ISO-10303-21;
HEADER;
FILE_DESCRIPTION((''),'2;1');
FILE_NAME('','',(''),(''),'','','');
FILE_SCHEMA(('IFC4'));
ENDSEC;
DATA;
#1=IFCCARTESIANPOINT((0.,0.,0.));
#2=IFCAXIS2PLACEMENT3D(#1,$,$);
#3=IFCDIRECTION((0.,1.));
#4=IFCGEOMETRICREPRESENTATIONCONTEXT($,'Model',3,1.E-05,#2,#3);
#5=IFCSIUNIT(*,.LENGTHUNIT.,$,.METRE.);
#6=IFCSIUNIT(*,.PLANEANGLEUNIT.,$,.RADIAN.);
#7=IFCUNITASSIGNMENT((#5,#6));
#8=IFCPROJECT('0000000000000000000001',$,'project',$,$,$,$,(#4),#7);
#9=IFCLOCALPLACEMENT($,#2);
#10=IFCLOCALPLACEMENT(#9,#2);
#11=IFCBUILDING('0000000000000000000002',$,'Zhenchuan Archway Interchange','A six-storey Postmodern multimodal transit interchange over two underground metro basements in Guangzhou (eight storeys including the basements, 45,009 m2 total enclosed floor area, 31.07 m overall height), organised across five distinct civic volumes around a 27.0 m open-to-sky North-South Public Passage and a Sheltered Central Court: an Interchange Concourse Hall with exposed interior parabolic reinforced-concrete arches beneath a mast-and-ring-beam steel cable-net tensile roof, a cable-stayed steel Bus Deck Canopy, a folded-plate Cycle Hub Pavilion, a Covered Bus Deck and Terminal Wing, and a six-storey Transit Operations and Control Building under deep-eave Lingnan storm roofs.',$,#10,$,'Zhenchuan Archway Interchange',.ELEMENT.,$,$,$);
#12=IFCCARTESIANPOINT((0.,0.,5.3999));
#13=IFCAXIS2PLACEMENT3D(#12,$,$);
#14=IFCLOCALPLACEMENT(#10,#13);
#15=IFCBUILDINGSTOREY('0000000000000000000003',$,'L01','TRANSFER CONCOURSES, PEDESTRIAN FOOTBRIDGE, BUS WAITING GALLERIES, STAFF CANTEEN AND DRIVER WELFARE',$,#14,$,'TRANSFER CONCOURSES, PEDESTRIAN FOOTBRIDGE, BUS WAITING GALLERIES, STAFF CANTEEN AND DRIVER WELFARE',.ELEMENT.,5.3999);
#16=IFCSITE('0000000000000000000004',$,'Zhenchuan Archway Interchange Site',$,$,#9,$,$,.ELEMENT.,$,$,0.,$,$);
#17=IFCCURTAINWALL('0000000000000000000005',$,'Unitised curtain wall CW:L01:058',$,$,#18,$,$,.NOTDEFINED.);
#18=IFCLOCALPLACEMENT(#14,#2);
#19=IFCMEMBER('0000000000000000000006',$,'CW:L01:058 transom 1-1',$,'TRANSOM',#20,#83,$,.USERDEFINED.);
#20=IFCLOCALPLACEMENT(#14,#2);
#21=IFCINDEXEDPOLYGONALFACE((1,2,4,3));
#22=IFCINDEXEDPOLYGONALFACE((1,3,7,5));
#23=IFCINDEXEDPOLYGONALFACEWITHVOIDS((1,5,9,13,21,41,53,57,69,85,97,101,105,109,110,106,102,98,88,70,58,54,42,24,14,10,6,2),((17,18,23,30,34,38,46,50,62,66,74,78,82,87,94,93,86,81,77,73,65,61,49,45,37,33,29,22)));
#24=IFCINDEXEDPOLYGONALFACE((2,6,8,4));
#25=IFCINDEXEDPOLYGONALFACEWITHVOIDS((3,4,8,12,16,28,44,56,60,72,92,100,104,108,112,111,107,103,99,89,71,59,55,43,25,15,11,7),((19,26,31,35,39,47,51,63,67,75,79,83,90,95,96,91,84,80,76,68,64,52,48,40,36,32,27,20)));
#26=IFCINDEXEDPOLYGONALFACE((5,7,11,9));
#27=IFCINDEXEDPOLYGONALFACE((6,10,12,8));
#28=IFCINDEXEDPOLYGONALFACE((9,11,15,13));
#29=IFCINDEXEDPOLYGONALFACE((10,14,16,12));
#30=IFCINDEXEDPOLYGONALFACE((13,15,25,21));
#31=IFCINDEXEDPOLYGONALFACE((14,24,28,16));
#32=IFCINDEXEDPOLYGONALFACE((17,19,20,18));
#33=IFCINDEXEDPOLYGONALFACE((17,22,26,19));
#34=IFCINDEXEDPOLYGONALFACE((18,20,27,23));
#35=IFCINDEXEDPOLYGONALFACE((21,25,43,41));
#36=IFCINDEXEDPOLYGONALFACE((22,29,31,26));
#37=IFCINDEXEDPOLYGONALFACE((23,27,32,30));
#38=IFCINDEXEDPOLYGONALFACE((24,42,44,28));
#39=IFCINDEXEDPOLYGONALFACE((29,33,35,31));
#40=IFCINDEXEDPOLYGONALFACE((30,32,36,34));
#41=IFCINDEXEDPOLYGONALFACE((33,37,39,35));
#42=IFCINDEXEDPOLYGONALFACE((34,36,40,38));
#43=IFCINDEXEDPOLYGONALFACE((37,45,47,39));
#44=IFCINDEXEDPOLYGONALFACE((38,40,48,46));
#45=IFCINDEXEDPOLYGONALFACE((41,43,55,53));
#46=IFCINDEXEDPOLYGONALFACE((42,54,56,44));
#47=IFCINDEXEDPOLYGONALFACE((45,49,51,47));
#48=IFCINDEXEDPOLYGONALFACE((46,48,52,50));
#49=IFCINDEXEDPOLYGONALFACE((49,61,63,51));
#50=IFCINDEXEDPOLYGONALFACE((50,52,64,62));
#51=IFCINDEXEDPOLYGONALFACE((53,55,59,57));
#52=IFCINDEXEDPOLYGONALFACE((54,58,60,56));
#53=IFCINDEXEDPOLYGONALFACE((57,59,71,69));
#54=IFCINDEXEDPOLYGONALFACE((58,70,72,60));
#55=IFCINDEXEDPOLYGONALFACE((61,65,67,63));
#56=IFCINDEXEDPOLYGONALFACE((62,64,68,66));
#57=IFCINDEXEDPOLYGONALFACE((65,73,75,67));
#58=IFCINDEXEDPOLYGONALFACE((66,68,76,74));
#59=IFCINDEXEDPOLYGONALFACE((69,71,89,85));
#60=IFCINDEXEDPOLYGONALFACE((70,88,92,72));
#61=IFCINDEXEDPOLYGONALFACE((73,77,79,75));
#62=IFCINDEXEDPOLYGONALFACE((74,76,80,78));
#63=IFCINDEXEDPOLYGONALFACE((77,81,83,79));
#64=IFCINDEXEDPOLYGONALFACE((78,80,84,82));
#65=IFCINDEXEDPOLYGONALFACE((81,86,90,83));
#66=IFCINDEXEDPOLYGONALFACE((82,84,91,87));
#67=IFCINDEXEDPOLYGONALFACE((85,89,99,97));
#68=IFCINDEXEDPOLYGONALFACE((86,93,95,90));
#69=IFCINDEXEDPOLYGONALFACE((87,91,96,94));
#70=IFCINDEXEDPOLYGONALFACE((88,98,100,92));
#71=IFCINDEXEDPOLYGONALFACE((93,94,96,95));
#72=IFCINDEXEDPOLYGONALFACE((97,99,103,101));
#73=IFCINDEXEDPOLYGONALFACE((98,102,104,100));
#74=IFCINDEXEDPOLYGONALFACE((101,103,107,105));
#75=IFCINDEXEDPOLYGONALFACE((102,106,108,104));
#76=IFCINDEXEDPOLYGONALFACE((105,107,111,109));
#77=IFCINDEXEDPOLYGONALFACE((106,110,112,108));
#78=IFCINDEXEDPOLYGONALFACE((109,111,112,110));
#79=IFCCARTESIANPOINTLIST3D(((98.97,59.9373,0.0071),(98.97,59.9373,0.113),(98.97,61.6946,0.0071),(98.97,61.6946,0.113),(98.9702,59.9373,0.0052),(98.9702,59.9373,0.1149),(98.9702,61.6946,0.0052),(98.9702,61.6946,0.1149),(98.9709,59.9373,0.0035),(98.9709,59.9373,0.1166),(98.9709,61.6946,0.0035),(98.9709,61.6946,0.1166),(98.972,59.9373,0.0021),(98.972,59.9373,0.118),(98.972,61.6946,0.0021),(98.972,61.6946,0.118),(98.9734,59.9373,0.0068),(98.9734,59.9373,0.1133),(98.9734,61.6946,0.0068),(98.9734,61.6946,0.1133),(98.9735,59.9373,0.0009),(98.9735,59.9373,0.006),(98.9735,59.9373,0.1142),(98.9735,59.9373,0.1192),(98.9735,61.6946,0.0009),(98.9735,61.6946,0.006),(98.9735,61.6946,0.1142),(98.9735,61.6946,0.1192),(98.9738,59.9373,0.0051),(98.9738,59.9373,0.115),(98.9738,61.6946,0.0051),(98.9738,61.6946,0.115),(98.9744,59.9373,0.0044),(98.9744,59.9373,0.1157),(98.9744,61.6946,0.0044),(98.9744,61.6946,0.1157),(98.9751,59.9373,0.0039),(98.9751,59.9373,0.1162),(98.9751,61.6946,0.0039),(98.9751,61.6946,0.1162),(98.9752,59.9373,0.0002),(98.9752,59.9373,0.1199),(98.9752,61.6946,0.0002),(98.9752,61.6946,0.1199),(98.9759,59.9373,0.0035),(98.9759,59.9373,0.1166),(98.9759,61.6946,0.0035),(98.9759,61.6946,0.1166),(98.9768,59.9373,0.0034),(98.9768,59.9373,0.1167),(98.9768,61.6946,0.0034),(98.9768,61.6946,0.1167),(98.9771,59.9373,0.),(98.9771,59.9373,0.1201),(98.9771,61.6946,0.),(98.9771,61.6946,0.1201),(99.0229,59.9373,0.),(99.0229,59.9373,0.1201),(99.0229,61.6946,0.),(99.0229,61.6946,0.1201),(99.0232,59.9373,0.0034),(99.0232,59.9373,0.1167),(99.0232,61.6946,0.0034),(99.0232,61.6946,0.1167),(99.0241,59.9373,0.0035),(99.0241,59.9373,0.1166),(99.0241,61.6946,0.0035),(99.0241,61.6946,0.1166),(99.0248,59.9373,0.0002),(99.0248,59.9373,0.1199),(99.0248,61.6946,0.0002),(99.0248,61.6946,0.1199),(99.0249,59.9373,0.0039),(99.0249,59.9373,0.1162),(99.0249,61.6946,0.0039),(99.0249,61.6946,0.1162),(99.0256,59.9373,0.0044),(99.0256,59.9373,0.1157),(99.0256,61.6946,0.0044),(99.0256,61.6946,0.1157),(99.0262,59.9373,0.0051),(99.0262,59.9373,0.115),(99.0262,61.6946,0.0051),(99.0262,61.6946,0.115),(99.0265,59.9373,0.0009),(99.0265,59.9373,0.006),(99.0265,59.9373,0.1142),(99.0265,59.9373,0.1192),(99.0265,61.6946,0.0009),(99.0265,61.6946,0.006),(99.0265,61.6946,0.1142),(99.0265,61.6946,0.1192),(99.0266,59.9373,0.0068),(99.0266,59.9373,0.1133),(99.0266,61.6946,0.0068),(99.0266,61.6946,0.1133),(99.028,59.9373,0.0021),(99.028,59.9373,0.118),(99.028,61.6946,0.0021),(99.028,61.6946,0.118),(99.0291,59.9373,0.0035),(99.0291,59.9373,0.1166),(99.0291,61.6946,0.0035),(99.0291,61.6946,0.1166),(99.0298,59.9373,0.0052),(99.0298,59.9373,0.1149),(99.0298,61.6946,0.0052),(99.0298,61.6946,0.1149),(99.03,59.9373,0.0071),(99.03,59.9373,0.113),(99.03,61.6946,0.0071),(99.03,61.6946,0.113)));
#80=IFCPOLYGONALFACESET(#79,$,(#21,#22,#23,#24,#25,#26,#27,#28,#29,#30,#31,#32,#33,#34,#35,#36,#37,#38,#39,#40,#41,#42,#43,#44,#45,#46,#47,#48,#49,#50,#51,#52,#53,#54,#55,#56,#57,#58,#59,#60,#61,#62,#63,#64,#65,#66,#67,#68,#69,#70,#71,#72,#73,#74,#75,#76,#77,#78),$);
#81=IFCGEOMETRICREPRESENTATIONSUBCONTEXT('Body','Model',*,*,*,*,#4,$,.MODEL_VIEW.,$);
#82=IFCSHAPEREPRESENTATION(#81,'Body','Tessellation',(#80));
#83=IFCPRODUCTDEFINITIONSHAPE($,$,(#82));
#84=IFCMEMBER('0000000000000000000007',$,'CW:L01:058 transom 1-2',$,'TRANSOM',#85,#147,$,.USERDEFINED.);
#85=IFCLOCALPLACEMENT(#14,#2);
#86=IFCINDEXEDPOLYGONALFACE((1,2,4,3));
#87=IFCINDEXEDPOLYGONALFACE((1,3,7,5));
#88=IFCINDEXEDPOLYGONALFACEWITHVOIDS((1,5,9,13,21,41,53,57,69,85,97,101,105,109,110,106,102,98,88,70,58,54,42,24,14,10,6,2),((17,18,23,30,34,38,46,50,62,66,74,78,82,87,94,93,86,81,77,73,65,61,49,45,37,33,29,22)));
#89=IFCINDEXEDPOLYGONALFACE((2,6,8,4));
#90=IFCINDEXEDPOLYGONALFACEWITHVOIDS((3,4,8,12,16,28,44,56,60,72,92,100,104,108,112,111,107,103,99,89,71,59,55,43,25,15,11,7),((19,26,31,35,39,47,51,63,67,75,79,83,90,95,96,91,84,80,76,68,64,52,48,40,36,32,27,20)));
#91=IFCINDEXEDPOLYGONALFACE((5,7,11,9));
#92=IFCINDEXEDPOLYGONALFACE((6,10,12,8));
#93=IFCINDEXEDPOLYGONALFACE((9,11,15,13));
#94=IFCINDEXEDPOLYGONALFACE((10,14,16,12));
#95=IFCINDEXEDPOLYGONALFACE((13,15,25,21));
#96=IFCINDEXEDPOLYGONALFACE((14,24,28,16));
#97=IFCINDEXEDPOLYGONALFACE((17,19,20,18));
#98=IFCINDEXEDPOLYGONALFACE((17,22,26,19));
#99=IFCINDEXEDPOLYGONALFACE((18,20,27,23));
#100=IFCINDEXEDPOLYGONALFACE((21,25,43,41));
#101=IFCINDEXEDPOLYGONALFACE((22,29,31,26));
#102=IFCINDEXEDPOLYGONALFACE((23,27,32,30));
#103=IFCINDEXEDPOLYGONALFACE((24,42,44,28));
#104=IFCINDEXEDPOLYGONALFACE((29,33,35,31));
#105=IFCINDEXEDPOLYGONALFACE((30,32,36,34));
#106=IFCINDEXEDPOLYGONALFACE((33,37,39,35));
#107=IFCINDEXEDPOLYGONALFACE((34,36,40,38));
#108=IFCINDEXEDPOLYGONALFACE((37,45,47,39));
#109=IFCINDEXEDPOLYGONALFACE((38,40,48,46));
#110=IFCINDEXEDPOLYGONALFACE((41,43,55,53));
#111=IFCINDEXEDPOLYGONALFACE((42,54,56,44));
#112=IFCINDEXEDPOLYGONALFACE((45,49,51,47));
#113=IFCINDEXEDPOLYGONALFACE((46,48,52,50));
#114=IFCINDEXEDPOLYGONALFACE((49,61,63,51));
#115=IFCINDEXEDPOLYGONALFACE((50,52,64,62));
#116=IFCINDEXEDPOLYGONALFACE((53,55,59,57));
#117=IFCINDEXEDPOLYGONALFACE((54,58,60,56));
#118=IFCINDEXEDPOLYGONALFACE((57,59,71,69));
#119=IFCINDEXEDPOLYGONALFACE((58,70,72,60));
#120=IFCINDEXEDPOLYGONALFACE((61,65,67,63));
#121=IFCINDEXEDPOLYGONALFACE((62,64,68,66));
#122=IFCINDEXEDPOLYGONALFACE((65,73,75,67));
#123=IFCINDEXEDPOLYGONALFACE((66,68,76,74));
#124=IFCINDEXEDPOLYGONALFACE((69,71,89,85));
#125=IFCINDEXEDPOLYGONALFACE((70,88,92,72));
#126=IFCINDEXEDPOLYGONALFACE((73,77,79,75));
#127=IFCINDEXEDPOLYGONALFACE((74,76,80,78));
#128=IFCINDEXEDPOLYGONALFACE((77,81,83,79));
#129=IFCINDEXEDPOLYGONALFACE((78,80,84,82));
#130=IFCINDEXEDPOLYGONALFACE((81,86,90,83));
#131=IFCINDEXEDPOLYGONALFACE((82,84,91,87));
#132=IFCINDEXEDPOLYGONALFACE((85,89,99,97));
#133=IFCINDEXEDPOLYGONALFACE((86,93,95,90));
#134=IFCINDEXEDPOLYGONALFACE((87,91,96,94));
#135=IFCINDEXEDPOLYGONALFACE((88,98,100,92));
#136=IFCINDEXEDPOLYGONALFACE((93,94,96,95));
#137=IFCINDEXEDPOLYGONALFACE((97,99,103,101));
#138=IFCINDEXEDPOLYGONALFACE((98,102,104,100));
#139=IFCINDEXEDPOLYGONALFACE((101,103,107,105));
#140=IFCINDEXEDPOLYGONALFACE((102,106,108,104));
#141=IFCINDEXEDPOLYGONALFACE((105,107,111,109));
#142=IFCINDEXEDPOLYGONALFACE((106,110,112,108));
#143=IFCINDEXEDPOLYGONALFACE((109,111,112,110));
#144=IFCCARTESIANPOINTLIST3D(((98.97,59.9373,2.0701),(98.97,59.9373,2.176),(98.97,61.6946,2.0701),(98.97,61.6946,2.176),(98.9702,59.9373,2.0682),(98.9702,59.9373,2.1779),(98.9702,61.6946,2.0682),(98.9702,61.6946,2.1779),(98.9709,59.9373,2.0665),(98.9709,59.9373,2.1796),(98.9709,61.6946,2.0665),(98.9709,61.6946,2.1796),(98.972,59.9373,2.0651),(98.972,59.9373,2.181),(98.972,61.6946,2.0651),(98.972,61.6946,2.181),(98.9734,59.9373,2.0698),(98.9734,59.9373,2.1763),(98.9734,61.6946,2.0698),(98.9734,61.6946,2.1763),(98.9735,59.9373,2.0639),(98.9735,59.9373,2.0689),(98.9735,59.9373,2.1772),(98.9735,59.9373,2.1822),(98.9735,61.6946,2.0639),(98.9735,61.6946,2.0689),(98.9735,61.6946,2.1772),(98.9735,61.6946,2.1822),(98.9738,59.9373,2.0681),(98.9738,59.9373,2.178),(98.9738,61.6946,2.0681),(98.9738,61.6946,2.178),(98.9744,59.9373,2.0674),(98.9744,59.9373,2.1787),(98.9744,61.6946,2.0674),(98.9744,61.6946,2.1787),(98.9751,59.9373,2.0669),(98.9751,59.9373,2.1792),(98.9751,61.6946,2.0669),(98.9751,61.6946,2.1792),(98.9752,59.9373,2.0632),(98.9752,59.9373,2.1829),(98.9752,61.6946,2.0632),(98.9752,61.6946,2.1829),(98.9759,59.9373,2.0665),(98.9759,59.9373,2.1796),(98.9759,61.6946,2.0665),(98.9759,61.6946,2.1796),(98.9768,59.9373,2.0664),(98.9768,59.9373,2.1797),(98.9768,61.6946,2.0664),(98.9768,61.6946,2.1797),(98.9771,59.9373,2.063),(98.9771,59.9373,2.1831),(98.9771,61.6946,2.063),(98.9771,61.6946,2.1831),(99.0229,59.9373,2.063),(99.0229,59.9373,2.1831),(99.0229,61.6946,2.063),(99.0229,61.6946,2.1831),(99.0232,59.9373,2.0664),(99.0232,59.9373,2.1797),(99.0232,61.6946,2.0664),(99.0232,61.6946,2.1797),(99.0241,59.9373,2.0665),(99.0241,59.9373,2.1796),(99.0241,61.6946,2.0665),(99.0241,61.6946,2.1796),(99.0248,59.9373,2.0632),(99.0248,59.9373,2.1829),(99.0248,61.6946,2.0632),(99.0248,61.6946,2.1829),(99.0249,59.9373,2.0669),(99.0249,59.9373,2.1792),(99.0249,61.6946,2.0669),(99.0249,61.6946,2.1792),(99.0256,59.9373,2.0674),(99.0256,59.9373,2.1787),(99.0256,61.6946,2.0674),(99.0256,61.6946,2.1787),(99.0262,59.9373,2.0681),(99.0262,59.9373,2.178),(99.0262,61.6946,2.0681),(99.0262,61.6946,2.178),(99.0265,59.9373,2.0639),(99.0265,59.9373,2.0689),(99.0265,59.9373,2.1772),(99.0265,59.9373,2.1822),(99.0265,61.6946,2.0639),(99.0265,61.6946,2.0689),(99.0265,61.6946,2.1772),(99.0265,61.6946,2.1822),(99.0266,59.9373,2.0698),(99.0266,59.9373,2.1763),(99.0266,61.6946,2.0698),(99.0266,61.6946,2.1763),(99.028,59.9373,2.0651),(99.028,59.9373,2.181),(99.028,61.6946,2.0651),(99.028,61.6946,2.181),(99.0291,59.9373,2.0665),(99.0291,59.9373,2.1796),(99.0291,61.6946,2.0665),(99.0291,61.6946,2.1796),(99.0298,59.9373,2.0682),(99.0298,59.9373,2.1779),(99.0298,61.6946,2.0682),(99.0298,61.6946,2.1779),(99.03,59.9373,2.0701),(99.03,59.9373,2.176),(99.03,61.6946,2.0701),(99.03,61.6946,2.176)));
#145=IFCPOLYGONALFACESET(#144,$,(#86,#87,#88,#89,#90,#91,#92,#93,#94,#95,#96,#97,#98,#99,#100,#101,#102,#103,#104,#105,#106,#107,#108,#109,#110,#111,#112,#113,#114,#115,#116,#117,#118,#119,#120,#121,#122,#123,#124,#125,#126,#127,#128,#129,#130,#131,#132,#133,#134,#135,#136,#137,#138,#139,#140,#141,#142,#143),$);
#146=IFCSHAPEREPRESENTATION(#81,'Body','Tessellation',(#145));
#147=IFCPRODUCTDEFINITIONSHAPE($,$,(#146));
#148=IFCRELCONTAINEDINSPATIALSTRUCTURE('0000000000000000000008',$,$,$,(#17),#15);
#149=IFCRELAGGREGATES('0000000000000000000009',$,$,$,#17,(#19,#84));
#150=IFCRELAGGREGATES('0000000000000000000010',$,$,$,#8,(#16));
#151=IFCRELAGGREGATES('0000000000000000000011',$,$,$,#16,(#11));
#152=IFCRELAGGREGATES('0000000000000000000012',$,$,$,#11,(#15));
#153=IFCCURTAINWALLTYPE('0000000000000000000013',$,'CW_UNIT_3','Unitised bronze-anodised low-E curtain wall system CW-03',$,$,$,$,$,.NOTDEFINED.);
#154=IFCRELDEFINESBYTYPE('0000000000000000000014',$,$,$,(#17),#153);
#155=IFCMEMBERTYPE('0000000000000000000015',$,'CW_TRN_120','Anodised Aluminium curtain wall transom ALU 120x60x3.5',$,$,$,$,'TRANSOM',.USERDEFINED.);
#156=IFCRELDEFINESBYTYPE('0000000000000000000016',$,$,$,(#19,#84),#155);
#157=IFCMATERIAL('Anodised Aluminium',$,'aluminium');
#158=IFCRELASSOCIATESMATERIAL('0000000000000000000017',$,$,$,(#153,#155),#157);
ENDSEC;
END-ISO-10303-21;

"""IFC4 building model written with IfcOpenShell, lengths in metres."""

from ifc_helpers import new_model, si_unit, direction, frame, origin, origin_2d, place, context, subcontext, project, spatial, hollow_rectangle, extrude, material, material_profile, profile_set, type_object, element, aggregate, save


model = new_model("IFC4")

# Units and contexts
model_context = context("Model", 3, precision=1e-05, world=origin(), true_north=direction((0.0, 1.0)))
body_context = subcontext(model_context, "Body", "Model", "MODEL_VIEW")
ifc_project = project(units=[si_unit("LENGTHUNIT", "METRE"), si_unit("PLANEANGLEUNIT", "RADIAN")], contexts=[model_context])

# Site, building, storey
site_placement = place(None, origin())
site = spatial("IfcSite", under=ifc_project, at=site_placement, Name="Zhenchuan Archway Interchange Site", CompositionType="ELEMENT", RefElevation=0.0)
building_placement = place(site_placement, origin())
building = spatial("IfcBuilding", under=site, at=building_placement, Name="Zhenchuan Archway Interchange", Description="A six-storey Postmodern multimodal transit interchange over two underground metro basements in Guangzhou (eight storeys including the basements, 45,009 m2 total enclosed floor area, 31.07 m overall height), organised across five distinct civic volumes around a 27.0 m open-to-sky North-South Public Passage and a Sheltered Central Court: an Interchange Concourse Hall with exposed interior parabolic reinforced-concrete arches beneath a mast-and-ring-beam steel cable-net tensile roof, a cable-stayed steel Bus Deck Canopy, a folded-plate Cycle Hub Pavilion, a Covered Bus Deck and Terminal Wing, and a six-storey Transit Operations and Control Building under deep-eave Lingnan storm roofs.", LongName="Zhenchuan Archway Interchange", CompositionType="ELEMENT")
storey_placement = place(building_placement, frame((0.0, 0.0, 5.3999)))
storey = spatial("IfcBuildingStorey", under=building, at=storey_placement, Name="L01", Description="TRANSFER CONCOURSES, PEDESTRIAN FOOTBRIDGE, BUS WAITING GALLERIES, STAFF CANTEEN AND DRIVER WELFARE", LongName="TRANSFER CONCOURSES, PEDESTRIAN FOOTBRIDGE, BUS WAITING GALLERIES, STAFF CANTEEN AND DRIVER WELFARE", CompositionType="ELEMENT", Elevation=5.3999)

# Curtain wall
ifc_material_1 = material(Name="Anodised Aluminium", Category="aluminium")
curtain_wall_type_1 = type_object("IfcCurtainWallType", Name="CW_UNIT_3", Description="Unitised bronze-anodised low-E curtain wall system CW-03", PredefinedType="NOTDEFINED", material=ifc_material_1)
curtain_wall_1_placement = place(storey_placement, origin())
curtain_wall_1 = element("IfcCurtainWall", 1, at=curtain_wall_1_placement, inside=storey, type_object=curtain_wall_type_1, Name="Unitised curtain wall CW:L01:058", PredefinedType="NOTDEFINED")

# Members
ifc_material_profile_1 = material_profile(ifc_material_1, hollow_rectangle(XDim=0.0601, YDim=0.1201, WallThickness=0.0034, InnerFilletRadius=0.0034, OuterFilletRadius=0.0071, at=origin_2d()), Name="ALU 120x60x3.5")
ifc_profile_set_1 = profile_set([ifc_material_profile_1], Name="Anodised Aluminium")
member_type_1 = type_object("IfcMemberType", Name="CW_TRN_120", Description="Anodised Aluminium curtain wall transom ALU 120x60x3.5", ElementType="TRANSOM", PredefinedType="USERDEFINED", material=ifc_profile_set_1)
member_1_placement = place(storey_placement, frame((99.0, 59.9373, 0.0601), z_axis=(0.0, 1.0, 0.0), x_axis=(-1.0, 0.0, 0.0)))
member_1 = element("IfcMember", 2, at=member_1_placement, type_object=member_type_1, Name="CW:L01:058 transom 1-1", ObjectType="TRANSOM", PredefinedType="USERDEFINED", context=body_context, shape_type="SweptSolid", body=[
    extrude(hollow_rectangle(XDim=0.0601, YDim=0.1201, WallThickness=0.0034, InnerFilletRadius=0.0034, OuterFilletRadius=0.0071, at=origin_2d()), origin(), (0.0, 0.0, 1.0), 1.7573),
])
member_2_placement = place(storey_placement, frame((99.0, 59.9373, 2.123), z_axis=(0.0, 1.0, 0.0), x_axis=(-1.0, 0.0, 0.0)))
member_2 = element("IfcMember", 3, at=member_2_placement, type_object=member_type_1, Name="CW:L01:058 transom 1-2", ObjectType="TRANSOM", PredefinedType="USERDEFINED", context=body_context, shape_type="SweptSolid", body=[
    extrude(hollow_rectangle(XDim=0.0601, YDim=0.1201, WallThickness=0.0034, InnerFilletRadius=0.0034, OuterFilletRadius=0.0071, at=origin_2d()), origin(), (0.0, 0.0, 1.0), 1.7573),
])

aggregate(curtain_wall_1, [member_1, member_2])

save(model, "model.ifc")
